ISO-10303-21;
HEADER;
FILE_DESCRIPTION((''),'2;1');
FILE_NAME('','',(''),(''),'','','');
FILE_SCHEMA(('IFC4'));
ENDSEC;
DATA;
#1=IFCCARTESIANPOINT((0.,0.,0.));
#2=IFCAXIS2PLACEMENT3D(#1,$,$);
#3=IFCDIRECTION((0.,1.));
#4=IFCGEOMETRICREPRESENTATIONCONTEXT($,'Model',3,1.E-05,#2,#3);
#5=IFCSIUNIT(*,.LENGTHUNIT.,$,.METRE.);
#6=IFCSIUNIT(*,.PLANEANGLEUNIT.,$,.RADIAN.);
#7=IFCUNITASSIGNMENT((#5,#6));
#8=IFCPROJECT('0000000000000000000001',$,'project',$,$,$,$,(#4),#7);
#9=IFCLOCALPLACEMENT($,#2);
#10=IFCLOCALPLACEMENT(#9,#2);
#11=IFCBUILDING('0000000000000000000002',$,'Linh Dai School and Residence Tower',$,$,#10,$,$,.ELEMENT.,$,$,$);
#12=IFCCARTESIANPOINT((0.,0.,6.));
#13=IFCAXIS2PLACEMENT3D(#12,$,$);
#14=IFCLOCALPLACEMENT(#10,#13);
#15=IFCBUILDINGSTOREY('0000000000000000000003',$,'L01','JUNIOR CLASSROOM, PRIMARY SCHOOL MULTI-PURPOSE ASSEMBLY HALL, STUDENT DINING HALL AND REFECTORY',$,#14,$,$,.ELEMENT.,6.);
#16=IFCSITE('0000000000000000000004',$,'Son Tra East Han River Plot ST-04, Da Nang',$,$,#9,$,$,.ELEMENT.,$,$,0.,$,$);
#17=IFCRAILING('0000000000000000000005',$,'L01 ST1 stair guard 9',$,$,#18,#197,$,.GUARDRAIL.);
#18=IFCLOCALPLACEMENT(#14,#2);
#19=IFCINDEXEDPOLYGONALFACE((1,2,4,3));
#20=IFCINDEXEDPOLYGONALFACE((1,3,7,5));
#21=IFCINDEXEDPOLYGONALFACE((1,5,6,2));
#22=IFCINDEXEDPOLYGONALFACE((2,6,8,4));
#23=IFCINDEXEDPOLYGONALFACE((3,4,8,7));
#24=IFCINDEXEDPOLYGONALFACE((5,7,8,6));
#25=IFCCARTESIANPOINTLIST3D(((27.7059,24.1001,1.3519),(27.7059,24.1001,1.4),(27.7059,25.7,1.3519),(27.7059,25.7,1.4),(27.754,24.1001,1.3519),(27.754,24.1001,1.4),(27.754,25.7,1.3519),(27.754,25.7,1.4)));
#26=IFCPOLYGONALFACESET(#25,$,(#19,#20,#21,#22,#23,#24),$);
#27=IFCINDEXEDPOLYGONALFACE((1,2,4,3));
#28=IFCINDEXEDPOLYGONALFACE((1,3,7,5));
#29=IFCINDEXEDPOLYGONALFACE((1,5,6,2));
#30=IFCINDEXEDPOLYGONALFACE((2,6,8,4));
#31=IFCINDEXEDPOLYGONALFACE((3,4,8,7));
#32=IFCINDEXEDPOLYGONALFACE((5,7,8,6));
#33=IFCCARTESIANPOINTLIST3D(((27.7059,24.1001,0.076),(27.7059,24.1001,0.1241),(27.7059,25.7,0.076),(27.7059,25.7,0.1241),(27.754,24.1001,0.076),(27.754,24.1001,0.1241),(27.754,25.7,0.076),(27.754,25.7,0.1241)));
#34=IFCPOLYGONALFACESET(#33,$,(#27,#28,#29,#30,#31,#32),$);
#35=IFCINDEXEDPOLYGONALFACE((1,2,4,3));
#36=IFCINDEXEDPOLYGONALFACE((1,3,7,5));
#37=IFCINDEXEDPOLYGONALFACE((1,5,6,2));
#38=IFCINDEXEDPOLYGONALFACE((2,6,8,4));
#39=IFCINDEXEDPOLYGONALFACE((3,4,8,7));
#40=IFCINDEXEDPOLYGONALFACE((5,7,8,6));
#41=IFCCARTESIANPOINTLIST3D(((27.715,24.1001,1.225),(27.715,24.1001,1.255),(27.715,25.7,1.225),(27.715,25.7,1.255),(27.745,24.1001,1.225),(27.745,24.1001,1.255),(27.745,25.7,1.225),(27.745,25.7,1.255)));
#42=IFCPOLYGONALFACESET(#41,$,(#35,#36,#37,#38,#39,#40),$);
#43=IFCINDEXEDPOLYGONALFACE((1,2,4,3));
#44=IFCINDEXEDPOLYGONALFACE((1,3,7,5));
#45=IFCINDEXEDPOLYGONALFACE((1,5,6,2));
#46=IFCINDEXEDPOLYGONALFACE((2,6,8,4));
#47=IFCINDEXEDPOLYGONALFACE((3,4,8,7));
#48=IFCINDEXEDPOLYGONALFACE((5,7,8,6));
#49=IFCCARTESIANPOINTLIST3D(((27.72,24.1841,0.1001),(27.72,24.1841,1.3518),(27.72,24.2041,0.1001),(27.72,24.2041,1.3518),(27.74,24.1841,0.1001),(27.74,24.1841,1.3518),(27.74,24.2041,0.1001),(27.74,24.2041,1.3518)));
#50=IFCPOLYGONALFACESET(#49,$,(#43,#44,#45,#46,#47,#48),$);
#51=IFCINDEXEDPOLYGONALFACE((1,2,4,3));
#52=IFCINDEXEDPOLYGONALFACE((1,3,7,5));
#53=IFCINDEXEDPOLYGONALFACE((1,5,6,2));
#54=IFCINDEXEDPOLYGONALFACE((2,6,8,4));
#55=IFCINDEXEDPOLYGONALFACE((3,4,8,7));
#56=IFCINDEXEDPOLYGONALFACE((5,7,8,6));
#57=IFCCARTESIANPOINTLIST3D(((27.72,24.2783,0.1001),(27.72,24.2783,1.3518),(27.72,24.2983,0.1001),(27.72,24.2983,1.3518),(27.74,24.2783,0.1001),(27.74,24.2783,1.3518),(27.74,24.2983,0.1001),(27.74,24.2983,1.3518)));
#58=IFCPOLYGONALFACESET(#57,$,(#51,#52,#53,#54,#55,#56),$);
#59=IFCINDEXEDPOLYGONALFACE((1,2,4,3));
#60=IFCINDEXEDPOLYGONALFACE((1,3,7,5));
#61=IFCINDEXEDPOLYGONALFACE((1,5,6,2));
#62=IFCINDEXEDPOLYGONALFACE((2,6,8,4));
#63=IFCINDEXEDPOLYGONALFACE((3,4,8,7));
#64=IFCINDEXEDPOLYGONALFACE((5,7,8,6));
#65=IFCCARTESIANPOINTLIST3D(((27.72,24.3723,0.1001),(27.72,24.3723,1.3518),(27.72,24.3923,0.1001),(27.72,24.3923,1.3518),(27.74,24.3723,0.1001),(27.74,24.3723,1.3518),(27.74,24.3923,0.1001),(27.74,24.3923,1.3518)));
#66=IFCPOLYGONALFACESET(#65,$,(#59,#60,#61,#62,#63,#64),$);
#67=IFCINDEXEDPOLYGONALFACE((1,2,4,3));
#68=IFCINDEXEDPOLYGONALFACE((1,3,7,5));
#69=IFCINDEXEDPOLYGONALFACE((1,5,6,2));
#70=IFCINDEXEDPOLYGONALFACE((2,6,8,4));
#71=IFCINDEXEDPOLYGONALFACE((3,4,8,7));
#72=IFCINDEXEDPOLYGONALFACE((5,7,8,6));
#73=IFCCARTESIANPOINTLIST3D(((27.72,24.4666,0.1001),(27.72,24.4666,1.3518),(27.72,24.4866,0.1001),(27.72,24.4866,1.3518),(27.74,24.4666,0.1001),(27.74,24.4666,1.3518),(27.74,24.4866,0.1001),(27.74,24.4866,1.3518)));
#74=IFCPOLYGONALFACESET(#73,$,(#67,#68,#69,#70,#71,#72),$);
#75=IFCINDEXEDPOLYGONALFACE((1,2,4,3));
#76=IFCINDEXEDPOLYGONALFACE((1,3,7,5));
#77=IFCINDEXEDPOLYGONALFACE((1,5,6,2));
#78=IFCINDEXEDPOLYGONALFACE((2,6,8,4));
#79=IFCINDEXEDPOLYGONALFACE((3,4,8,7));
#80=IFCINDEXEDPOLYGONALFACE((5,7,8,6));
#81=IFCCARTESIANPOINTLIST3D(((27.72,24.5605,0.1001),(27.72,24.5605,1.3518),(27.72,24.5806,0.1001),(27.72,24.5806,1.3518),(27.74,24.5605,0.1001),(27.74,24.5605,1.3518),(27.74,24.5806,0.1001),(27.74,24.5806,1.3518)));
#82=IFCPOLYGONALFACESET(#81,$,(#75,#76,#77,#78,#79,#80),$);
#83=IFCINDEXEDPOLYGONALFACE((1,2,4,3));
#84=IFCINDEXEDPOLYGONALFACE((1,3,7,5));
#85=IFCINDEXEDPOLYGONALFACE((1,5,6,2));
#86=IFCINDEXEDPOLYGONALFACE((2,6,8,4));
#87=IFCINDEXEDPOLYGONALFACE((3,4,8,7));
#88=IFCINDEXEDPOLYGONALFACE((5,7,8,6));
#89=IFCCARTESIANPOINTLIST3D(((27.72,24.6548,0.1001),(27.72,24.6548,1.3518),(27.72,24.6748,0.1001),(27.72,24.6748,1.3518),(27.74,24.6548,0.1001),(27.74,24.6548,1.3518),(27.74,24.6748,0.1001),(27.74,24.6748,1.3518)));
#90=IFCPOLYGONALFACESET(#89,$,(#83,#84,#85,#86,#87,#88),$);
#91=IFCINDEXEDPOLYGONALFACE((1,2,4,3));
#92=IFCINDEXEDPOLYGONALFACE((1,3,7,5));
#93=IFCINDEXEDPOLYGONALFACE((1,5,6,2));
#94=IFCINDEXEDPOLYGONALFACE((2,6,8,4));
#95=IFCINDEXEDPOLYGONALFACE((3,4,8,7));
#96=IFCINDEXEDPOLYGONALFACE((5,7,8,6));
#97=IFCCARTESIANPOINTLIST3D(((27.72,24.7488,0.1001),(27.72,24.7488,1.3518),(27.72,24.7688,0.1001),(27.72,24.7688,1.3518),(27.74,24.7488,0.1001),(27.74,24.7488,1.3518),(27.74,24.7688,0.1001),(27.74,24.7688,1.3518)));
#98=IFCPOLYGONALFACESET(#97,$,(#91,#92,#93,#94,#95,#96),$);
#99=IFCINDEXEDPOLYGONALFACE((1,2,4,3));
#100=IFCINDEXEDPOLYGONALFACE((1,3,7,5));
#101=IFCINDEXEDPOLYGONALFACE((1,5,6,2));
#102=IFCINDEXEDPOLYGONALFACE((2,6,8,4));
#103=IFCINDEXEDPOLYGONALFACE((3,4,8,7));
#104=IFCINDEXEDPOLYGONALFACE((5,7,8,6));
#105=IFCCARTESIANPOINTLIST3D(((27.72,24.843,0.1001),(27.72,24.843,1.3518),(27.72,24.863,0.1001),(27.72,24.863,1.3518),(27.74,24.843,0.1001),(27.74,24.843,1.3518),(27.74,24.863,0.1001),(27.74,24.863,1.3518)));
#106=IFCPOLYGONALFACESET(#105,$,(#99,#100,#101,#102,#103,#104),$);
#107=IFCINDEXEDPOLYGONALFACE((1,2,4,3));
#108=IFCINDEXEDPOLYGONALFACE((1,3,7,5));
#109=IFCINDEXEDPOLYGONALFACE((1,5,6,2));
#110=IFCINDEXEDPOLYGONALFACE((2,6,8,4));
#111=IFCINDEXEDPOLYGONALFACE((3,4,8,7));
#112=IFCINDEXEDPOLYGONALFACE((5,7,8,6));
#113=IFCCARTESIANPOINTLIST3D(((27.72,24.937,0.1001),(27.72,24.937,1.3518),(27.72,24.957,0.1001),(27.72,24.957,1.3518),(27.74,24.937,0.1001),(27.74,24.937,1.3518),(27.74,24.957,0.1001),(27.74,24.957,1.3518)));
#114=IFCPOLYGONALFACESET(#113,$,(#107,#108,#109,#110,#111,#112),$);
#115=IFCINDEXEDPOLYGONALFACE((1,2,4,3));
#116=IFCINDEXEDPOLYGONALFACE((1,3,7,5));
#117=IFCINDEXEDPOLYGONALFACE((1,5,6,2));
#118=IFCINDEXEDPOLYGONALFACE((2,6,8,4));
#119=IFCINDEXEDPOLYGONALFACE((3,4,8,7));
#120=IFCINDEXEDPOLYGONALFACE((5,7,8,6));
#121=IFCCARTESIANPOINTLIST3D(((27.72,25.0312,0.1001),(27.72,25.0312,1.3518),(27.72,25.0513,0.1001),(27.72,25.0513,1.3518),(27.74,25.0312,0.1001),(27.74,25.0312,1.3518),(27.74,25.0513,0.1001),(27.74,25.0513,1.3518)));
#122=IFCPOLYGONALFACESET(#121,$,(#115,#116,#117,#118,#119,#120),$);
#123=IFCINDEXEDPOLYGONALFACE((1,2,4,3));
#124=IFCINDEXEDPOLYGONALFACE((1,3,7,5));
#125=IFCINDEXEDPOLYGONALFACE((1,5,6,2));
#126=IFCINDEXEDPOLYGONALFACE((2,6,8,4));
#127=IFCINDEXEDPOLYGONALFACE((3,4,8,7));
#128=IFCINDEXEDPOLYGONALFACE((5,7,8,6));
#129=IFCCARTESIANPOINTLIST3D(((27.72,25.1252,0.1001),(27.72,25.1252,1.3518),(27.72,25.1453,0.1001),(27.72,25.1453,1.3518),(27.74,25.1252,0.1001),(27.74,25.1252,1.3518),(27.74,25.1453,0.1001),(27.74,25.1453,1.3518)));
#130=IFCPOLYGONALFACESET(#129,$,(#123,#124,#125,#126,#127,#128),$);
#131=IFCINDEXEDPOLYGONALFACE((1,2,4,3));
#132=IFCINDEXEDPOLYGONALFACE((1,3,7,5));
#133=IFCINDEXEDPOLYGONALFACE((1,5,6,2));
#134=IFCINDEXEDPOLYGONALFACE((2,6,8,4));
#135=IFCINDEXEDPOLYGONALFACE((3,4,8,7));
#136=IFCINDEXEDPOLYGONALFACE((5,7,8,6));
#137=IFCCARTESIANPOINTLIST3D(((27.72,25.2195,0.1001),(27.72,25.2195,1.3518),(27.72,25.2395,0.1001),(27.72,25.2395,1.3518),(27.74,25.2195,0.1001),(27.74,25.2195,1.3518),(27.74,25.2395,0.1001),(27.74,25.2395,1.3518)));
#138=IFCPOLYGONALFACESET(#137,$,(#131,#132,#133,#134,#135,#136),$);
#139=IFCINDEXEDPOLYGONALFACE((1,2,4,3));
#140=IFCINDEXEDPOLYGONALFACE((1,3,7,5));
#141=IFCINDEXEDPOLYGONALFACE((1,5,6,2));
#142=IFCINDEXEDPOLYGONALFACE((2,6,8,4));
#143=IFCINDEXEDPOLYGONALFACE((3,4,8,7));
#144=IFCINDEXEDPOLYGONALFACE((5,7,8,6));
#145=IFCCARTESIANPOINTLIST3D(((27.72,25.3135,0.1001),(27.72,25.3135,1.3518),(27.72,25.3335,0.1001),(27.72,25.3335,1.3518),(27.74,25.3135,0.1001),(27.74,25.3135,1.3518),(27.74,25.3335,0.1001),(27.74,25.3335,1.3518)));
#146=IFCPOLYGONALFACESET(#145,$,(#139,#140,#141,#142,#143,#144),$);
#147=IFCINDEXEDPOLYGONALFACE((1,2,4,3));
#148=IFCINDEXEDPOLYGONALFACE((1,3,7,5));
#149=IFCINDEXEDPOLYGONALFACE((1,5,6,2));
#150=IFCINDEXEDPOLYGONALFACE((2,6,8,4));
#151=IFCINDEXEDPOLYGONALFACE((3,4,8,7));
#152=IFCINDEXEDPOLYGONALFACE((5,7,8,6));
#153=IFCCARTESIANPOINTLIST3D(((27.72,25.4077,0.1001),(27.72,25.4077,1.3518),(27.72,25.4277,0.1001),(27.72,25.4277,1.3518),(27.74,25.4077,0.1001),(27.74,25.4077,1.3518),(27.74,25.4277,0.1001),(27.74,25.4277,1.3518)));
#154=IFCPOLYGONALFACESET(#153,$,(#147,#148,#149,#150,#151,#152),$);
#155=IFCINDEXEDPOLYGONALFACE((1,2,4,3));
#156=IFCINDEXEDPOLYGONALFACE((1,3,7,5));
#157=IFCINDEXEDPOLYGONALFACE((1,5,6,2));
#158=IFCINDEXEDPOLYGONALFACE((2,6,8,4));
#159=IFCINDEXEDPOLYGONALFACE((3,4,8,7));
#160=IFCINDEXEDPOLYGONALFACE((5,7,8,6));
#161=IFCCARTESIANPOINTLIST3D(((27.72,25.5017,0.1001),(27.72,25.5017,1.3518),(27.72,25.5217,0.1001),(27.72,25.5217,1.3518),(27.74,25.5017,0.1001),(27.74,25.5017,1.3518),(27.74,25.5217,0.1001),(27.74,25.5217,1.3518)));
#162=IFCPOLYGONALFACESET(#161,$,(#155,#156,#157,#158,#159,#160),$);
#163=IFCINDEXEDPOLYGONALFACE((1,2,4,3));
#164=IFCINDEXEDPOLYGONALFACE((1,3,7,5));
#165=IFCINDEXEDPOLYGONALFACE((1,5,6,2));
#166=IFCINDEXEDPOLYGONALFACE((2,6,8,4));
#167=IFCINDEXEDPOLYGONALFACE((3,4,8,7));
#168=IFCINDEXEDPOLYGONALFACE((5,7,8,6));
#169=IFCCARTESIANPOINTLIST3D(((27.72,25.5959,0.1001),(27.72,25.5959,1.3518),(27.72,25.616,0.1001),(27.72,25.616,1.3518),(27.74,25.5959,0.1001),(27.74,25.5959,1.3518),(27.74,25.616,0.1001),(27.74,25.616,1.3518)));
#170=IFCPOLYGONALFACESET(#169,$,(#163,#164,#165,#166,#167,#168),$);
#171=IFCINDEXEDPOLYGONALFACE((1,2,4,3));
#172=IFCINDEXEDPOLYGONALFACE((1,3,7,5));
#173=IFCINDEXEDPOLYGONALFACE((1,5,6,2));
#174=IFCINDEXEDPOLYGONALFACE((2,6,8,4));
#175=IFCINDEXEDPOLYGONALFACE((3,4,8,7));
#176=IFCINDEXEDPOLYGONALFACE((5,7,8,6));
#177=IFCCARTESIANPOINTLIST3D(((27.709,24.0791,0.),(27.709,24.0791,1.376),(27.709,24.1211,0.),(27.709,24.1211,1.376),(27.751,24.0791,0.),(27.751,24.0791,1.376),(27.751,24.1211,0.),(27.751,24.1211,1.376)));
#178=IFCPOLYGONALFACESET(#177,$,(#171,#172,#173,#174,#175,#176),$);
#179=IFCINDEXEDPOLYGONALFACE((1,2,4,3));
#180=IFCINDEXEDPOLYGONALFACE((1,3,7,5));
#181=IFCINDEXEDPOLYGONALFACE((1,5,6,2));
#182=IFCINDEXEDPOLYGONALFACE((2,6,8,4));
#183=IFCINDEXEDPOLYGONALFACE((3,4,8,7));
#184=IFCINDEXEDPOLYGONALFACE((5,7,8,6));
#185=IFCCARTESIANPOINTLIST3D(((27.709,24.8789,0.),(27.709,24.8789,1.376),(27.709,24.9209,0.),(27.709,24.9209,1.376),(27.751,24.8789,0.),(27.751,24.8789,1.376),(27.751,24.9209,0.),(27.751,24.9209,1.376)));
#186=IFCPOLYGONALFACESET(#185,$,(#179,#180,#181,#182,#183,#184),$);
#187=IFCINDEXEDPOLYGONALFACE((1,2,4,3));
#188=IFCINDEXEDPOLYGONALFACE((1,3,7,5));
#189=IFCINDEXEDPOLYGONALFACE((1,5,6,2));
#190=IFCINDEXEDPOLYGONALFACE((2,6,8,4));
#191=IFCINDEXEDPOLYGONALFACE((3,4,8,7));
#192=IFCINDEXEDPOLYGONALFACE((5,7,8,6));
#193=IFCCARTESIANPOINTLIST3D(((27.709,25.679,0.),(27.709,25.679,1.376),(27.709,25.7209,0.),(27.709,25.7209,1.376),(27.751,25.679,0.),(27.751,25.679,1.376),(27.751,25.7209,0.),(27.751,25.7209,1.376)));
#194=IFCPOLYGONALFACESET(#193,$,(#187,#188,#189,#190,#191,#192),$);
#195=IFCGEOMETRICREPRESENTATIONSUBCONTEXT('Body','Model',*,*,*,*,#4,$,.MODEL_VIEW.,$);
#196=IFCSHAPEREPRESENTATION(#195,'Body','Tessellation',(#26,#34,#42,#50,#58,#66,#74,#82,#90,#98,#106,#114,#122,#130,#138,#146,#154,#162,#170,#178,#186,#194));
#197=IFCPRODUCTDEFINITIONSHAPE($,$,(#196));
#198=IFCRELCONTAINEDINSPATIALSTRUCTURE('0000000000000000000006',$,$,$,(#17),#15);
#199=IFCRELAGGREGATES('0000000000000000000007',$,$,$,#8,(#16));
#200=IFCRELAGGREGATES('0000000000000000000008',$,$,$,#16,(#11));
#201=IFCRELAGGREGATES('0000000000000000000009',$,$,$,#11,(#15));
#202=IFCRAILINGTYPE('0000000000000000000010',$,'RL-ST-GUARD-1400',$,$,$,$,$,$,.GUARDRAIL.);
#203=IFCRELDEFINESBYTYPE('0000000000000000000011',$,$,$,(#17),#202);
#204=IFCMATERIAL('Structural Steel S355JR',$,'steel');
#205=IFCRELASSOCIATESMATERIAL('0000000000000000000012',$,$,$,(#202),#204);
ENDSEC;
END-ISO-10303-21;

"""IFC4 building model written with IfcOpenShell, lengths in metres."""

from ifc_helpers import new_model, si_unit, direction, frame, origin, origin_2d, place, context, subcontext, project, spatial, rectangle, extrude, source, transform, mapped, material, type_object, element, save


model = new_model("IFC4")

# Units and contexts
model_context = context("Model", 3, precision=1e-05, world=origin(), true_north=direction((0.0, 1.0)))
body_context = subcontext(model_context, "Body", "Model", "MODEL_VIEW")
ifc_project = project(units=[si_unit("LENGTHUNIT", "METRE"), si_unit("PLANEANGLEUNIT", "RADIAN")], contexts=[model_context])

# Site, building, storey
site_placement = place(None, origin())
site = spatial("IfcSite", under=ifc_project, at=site_placement, Name="Son Tra East Han River Plot ST-04, Da Nang", CompositionType="ELEMENT", RefElevation=0.0)
building_placement = place(site_placement, origin())
building = spatial("IfcBuilding", under=site, at=building_placement, Name="Linh Dai School and Residence Tower", CompositionType="ELEMENT")
storey_placement = place(building_placement, frame((0.0, 0.0, 6.0)))
storey = spatial("IfcBuildingStorey", under=building, at=storey_placement, Name="L01", Description="JUNIOR CLASSROOM, PRIMARY SCHOOL MULTI-PURPOSE ASSEMBLY HALL, STUDENT DINING HALL AND REFECTORY", CompositionType="ELEMENT", Elevation=6.0)

# Shared definitions
ifc_material_1 = material(Name="Structural Steel S355JR", Category="steel")

# Railing
railing_type_1 = type_object("IfcRailingType", Name="RL-ST-GUARD-1400", PredefinedType="GUARDRAIL", material=ifc_material_1)
shared_shape_1 = source(origin(), body_context, "Body", "SweptSolid", [
    extrude(rectangle(XDim=0.0481, YDim=0.0481, at=origin_2d()), frame((0.0, 0.0, 1.376), z_axis=(0.0, 1.0, 0.0), x_axis=(-1.0, 0.0, 0.0)), (0.0, 0.0, 1.0), 1.5999),
    extrude(rectangle(XDim=0.0481, YDim=0.0481, at=origin_2d()), frame((0.0, 0.0, 0.1001), z_axis=(0.0, 1.0, 0.0), x_axis=(-1.0, 0.0, 0.0)), (0.0, 0.0, 1.0), 1.5999),
    extrude(rectangle(XDim=0.03, YDim=0.03, at=origin_2d()), frame((0.0, 0.0, 1.24), z_axis=(0.0, 1.0, 0.0), x_axis=(-1.0, 0.0, 0.0)), (0.0, 0.0, 1.0), 1.5999),
    extrude(rectangle(XDim=0.02, YDim=0.02, at=origin_2d()), frame((0.0, 0.094, 0.1001)), (0.0, 0.0, 1.0), 1.2517),
    extrude(rectangle(XDim=0.02, YDim=0.02, at=origin_2d()), frame((0.0, 0.1882, 0.1001)), (0.0, 0.0, 1.0), 1.2517),
    extrude(rectangle(XDim=0.02, YDim=0.02, at=origin_2d()), frame((0.0, 0.2822, 0.1001)), (0.0, 0.0, 1.0), 1.2517),
    extrude(rectangle(XDim=0.02, YDim=0.02, at=origin_2d()), frame((0.0, 0.3765, 0.1001)), (0.0, 0.0, 1.0), 1.2517),
    extrude(rectangle(XDim=0.02, YDim=0.02, at=origin_2d()), frame((0.0, 0.4705, 0.1001)), (0.0, 0.0, 1.0), 1.2517),
    extrude(rectangle(XDim=0.02, YDim=0.02, at=origin_2d()), frame((0.0, 0.5647, 0.1001)), (0.0, 0.0, 1.0), 1.2517),
    extrude(rectangle(XDim=0.02, YDim=0.02, at=origin_2d()), frame((0.0, 0.6587, 0.1001)), (0.0, 0.0, 1.0), 1.2517),
    extrude(rectangle(XDim=0.02, YDim=0.02, at=origin_2d()), frame((0.0, 0.7529, 0.1001)), (0.0, 0.0, 1.0), 1.2517),
    extrude(rectangle(XDim=0.02, YDim=0.02, at=origin_2d()), frame((0.0, 0.8469, 0.1001)), (0.0, 0.0, 1.0), 1.2517),
    extrude(rectangle(XDim=0.02, YDim=0.02, at=origin_2d()), frame((0.0, 0.9412, 0.1001)), (0.0, 0.0, 1.0), 1.2517),
    extrude(rectangle(XDim=0.02, YDim=0.02, at=origin_2d()), frame((0.0, 1.0352, 0.1001)), (0.0, 0.0, 1.0), 1.2517),
    extrude(rectangle(XDim=0.02, YDim=0.02, at=origin_2d()), frame((0.0, 1.1294, 0.1001)), (0.0, 0.0, 1.0), 1.2517),
    extrude(rectangle(XDim=0.02, YDim=0.02, at=origin_2d()), frame((0.0, 1.2234, 0.1001)), (0.0, 0.0, 1.0), 1.2517),
    extrude(rectangle(XDim=0.02, YDim=0.02, at=origin_2d()), frame((0.0, 1.3176, 0.1001)), (0.0, 0.0, 1.0), 1.2517),
    extrude(rectangle(XDim=0.02, YDim=0.02, at=origin_2d()), frame((0.0, 1.4116, 0.1001)), (0.0, 0.0, 1.0), 1.2517),
    extrude(rectangle(XDim=0.02, YDim=0.02, at=origin_2d()), frame((0.0, 1.5059, 0.1001)), (0.0, 0.0, 1.0), 1.2517),
    extrude(rectangle(XDim=0.042, YDim=0.042, at=origin_2d()), origin(), (0.0, 0.0, 1.0), 1.376),
    extrude(rectangle(XDim=0.042, YDim=0.042, at=origin_2d()), frame((0.0, 0.7998, 0.0)), (0.0, 0.0, 1.0), 1.376),
    extrude(rectangle(XDim=0.042, YDim=0.042, at=origin_2d()), frame((0.0, 1.5999, 0.0)), (0.0, 0.0, 1.0), 1.376),
])
for number, where, name in (
    (1, (27.73, 24.1001, 0.0), "L01 ST1 stair guard 9"),
):
    element("IfcRailing", number, at=place(storey_placement, frame(where)), inside=storey, type_object=railing_type_1, Name=name, PredefinedType="GUARDRAIL", context=body_context, shape_type="MappedRepresentation", body=[
        mapped(shared_shape_1, transform((0.0, 0.0, 0.0), x_axis=(1.0, 0.0, 0.0), y_axis=(0.0, 1.0, 0.0), z_axis=(0.0, 0.0, 1.0), scale=1.0)),
    ])

save(model, "model.ifc")
